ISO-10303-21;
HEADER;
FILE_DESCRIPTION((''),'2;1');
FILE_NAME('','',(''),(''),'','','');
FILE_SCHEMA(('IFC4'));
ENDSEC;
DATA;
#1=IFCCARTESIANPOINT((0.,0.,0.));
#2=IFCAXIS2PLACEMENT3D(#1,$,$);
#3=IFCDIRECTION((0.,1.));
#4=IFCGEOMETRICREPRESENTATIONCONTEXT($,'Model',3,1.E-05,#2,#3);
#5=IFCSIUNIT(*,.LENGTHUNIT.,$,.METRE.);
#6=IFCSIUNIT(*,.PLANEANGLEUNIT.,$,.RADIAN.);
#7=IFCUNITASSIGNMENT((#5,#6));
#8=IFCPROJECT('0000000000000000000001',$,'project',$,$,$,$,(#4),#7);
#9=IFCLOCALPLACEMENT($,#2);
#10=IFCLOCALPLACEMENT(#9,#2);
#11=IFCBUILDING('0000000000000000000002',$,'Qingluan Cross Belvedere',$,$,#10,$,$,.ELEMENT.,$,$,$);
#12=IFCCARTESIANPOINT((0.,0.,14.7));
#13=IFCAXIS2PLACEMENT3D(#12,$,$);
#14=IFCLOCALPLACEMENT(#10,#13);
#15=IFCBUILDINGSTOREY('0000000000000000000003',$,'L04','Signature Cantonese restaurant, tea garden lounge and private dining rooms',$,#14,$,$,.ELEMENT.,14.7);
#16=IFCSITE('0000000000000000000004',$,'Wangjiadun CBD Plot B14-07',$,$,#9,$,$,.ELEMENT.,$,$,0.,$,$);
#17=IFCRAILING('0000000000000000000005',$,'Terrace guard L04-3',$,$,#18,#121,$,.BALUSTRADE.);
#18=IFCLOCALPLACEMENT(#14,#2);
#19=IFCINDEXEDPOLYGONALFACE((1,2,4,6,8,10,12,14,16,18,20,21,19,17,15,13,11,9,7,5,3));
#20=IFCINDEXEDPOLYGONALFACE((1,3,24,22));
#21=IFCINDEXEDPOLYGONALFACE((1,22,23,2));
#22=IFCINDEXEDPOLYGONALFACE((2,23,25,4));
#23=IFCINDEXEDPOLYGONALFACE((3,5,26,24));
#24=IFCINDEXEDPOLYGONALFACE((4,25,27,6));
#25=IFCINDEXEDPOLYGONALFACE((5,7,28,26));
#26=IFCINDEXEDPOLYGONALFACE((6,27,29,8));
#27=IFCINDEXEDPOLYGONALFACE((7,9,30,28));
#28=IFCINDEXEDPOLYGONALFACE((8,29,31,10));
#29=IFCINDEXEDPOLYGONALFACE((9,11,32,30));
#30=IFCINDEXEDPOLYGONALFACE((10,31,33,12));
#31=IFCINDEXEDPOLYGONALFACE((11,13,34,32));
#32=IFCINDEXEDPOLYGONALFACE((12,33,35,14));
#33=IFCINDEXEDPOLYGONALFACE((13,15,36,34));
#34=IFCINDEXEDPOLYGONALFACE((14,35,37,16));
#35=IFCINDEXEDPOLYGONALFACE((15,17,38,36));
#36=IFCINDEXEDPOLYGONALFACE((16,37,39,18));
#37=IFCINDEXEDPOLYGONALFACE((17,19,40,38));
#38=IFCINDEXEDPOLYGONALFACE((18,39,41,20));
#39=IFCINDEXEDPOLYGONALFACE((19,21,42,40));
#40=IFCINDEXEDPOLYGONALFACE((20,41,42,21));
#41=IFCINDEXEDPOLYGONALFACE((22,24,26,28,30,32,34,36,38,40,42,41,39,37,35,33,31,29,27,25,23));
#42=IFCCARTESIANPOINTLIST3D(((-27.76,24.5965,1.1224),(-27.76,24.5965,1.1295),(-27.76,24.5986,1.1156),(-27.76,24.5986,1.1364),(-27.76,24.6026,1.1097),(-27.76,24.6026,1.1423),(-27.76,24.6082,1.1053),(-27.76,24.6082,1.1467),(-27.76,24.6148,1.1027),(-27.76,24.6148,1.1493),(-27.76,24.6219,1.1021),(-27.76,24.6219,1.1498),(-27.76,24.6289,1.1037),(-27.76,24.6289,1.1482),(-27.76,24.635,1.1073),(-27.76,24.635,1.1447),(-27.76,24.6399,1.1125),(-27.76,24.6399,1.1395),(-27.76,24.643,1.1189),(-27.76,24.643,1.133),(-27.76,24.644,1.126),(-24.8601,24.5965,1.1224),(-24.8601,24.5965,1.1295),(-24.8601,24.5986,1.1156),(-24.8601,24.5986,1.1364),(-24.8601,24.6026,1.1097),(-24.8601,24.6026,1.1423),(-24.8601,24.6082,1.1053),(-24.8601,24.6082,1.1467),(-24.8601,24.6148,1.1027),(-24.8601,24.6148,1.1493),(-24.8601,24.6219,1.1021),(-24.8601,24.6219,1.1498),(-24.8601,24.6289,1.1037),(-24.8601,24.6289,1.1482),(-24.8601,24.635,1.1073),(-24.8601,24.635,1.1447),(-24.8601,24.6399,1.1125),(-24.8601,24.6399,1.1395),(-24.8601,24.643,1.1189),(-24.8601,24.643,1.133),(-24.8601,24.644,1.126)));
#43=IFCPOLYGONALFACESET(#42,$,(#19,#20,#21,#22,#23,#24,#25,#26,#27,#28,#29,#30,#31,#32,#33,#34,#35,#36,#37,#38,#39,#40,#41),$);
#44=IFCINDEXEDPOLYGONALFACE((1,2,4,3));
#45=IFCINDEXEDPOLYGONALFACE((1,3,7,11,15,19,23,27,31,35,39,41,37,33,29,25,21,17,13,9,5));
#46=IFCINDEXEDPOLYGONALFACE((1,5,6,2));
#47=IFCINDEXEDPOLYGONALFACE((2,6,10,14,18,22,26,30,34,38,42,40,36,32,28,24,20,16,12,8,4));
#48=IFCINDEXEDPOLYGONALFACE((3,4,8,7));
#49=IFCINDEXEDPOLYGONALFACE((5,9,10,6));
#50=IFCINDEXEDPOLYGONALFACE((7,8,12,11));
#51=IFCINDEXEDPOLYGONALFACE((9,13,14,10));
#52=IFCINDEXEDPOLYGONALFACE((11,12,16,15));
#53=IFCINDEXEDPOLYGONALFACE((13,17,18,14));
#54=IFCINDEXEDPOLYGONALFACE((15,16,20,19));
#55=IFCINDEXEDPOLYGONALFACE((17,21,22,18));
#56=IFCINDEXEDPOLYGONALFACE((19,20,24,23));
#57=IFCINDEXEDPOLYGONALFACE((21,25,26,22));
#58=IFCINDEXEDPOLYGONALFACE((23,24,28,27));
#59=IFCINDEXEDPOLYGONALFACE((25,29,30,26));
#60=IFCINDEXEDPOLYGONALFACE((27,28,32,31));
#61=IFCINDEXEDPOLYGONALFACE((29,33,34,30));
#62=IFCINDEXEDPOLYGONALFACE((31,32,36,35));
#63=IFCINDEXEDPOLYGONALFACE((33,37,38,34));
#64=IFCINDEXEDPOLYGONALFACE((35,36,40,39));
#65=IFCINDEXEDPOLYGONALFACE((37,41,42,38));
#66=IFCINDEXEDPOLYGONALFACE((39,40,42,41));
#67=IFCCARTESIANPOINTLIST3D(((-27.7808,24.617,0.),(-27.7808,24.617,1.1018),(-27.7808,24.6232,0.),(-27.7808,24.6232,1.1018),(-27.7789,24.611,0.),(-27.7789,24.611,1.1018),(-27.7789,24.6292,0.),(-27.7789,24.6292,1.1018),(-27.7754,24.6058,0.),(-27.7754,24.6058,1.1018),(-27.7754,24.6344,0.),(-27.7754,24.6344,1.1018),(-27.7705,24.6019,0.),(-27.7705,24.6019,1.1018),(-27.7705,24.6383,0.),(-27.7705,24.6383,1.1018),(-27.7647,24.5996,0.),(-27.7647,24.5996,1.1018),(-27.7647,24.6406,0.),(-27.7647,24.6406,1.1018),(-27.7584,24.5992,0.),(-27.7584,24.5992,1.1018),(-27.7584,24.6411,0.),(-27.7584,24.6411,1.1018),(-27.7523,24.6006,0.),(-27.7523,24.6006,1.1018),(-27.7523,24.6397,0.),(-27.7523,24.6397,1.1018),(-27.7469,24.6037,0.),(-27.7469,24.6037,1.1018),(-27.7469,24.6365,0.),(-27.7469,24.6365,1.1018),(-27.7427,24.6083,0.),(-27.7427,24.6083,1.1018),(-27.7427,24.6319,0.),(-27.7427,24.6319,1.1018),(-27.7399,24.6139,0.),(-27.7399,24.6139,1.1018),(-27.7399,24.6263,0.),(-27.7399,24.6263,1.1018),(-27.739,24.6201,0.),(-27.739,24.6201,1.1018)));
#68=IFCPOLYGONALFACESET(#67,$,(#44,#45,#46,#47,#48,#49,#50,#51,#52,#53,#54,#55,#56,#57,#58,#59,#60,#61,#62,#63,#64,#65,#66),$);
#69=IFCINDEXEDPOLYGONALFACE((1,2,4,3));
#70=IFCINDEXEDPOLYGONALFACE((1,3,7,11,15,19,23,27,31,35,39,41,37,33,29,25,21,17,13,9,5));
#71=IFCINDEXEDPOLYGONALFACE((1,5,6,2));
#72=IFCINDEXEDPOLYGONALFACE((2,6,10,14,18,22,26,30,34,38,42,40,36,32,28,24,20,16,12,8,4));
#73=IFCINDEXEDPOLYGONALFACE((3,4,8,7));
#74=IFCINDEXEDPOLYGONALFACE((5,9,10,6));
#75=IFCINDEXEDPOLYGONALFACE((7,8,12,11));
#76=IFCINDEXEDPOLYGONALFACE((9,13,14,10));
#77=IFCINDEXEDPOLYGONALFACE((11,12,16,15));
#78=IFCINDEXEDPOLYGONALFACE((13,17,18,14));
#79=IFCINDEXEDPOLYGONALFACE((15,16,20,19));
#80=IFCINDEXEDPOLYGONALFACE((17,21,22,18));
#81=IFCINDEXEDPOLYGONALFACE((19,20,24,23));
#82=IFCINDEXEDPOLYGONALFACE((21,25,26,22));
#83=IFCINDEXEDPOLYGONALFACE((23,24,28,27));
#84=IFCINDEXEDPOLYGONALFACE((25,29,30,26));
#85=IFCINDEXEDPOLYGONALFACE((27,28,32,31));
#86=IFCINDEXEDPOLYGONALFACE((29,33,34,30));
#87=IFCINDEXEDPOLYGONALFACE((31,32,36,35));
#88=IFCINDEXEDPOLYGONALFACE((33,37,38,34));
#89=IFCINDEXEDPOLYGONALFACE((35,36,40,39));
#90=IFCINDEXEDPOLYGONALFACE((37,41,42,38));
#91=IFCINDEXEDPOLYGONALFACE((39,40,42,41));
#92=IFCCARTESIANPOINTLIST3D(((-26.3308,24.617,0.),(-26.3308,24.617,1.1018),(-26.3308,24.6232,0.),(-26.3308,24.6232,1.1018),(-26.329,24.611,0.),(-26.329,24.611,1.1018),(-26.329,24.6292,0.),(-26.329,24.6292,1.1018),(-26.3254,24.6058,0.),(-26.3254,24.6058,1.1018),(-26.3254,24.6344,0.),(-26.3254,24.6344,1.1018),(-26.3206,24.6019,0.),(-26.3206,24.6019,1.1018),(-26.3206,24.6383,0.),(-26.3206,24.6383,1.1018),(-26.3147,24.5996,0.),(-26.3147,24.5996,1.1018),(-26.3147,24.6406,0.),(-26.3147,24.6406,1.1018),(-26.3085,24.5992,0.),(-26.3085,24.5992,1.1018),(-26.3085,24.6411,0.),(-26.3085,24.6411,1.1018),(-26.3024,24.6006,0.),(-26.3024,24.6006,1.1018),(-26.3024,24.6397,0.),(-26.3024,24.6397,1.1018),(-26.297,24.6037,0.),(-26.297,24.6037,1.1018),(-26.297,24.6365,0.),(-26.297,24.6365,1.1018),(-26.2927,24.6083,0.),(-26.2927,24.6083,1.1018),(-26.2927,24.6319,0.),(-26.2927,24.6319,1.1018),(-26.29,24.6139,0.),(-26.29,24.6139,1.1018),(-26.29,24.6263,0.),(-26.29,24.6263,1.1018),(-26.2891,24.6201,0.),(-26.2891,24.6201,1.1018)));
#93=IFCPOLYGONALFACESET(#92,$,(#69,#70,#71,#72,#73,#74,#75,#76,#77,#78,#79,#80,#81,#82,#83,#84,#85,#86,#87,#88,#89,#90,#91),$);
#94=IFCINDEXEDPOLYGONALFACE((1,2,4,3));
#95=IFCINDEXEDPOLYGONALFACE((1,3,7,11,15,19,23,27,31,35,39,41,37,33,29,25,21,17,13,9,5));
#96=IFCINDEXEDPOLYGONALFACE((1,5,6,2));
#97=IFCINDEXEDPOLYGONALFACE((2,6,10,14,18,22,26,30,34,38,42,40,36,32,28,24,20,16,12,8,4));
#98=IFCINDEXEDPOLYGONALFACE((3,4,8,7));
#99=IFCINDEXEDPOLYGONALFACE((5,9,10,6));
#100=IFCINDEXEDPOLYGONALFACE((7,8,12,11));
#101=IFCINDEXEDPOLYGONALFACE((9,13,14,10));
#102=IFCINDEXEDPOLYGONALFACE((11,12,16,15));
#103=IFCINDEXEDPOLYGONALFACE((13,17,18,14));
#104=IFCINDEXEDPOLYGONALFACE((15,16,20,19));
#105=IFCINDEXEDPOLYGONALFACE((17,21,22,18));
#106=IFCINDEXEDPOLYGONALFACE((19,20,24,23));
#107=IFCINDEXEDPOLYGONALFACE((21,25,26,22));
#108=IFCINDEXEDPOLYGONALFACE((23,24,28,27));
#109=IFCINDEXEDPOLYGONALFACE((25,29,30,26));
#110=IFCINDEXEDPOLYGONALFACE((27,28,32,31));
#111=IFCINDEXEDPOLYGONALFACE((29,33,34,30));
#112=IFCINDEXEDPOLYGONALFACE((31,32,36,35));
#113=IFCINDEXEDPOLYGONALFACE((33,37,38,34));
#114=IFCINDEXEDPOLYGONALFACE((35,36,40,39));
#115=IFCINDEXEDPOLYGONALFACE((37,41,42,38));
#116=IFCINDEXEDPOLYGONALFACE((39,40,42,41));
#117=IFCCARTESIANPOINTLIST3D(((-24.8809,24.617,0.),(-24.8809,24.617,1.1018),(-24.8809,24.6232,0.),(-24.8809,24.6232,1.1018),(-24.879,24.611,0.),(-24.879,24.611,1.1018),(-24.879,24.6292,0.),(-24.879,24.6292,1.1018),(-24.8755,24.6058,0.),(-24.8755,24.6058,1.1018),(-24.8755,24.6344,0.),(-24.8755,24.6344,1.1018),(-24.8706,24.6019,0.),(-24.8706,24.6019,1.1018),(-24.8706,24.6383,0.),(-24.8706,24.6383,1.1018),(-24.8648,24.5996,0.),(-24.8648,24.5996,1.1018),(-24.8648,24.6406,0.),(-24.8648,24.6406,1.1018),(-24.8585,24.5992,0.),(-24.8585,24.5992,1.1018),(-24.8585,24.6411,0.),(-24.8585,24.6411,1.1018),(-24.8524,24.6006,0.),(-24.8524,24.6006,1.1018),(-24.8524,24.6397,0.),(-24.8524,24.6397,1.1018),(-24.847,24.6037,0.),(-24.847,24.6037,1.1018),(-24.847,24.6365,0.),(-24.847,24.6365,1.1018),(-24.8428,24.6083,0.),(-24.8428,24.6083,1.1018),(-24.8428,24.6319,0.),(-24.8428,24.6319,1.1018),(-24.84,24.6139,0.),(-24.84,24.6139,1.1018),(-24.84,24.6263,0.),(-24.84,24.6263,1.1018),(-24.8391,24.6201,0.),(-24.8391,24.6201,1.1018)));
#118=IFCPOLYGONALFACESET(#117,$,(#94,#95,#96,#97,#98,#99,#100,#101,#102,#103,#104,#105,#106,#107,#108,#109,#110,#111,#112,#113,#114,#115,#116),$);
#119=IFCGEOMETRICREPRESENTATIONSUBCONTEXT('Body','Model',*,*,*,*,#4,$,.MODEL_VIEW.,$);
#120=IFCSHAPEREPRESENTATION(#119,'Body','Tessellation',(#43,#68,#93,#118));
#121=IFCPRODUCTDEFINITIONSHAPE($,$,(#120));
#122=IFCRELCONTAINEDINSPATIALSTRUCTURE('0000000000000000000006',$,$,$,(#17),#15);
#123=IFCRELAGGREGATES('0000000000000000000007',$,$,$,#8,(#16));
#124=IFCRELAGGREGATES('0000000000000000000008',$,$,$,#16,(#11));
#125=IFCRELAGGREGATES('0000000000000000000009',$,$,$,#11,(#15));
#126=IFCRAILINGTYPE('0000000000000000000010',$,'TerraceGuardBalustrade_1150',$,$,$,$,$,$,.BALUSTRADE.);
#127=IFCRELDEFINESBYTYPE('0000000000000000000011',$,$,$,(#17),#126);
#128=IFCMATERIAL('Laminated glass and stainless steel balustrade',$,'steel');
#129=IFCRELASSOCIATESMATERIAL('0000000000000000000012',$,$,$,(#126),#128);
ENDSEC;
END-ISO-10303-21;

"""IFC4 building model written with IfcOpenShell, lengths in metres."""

from ifc_helpers import new_model, si_unit, direction, frame, origin, origin_2d, place, context, subcontext, project, spatial, circle, extrude, material, type_object, element, save


model = new_model("IFC4")

# Units and contexts
model_context = context("Model", 3, precision=1e-05, world=origin(), true_north=direction((0.0, 1.0)))
body_context = subcontext(model_context, "Body", "Model", "MODEL_VIEW")
ifc_project = project(units=[si_unit("LENGTHUNIT", "METRE"), si_unit("PLANEANGLEUNIT", "RADIAN")], contexts=[model_context])

# Site, building, storey
site_placement = place(None, origin())
site = spatial("IfcSite", under=ifc_project, at=site_placement, Name="Wangjiadun CBD Plot B14-07", CompositionType="ELEMENT", RefElevation=0.0)
building_placement = place(site_placement, origin())
building = spatial("IfcBuilding", under=site, at=building_placement, Name="Qingluan Cross Belvedere", CompositionType="ELEMENT")
storey_placement = place(building_placement, frame((0.0, 0.0, 14.7)))
storey = spatial("IfcBuildingStorey", under=building, at=storey_placement, Name="L04", Description="Signature Cantonese restaurant, tea garden lounge and private dining rooms", CompositionType="ELEMENT", Elevation=14.7)

# Railing
ifc_material_1 = material(Name="Laminated glass and stainless steel balustrade", Category="steel")
railing_type_1 = type_object("IfcRailingType", Name="TerraceGuardBalustrade_1150", PredefinedType="BALUSTRADE", material=ifc_material_1)
railing_1_placement = place(storey_placement, frame((-27.76, 24.6201, 0.0)))
element("IfcRailing", 1, at=railing_1_placement, inside=storey, type_object=railing_type_1, Name="Terrace guard L04-3", PredefinedType="BALUSTRADE", context=body_context, shape_type="SweptSolid", body=[
    extrude(circle(Radius=0.0239, at=origin_2d()), frame((0.0, 0.0, 1.126), z_axis=(1.0, 0.0, 0.0), x_axis=(0.0, 1.0, 0.0)), (0.0, 0.0, 1.0), 2.8999),
    extrude(circle(Radius=0.021, at=origin_2d()), origin(), (0.0, 0.0, 1.0), 1.1018),
    extrude(circle(Radius=0.021, at=origin_2d()), frame((1.45, 0.0, 0.0)), (0.0, 0.0, 1.0), 1.1018),
    extrude(circle(Radius=0.021, at=origin_2d()), frame((2.8999, 0.0, 0.0)), (0.0, 0.0, 1.0), 1.1018),
])

save(model, "model.ifc")
